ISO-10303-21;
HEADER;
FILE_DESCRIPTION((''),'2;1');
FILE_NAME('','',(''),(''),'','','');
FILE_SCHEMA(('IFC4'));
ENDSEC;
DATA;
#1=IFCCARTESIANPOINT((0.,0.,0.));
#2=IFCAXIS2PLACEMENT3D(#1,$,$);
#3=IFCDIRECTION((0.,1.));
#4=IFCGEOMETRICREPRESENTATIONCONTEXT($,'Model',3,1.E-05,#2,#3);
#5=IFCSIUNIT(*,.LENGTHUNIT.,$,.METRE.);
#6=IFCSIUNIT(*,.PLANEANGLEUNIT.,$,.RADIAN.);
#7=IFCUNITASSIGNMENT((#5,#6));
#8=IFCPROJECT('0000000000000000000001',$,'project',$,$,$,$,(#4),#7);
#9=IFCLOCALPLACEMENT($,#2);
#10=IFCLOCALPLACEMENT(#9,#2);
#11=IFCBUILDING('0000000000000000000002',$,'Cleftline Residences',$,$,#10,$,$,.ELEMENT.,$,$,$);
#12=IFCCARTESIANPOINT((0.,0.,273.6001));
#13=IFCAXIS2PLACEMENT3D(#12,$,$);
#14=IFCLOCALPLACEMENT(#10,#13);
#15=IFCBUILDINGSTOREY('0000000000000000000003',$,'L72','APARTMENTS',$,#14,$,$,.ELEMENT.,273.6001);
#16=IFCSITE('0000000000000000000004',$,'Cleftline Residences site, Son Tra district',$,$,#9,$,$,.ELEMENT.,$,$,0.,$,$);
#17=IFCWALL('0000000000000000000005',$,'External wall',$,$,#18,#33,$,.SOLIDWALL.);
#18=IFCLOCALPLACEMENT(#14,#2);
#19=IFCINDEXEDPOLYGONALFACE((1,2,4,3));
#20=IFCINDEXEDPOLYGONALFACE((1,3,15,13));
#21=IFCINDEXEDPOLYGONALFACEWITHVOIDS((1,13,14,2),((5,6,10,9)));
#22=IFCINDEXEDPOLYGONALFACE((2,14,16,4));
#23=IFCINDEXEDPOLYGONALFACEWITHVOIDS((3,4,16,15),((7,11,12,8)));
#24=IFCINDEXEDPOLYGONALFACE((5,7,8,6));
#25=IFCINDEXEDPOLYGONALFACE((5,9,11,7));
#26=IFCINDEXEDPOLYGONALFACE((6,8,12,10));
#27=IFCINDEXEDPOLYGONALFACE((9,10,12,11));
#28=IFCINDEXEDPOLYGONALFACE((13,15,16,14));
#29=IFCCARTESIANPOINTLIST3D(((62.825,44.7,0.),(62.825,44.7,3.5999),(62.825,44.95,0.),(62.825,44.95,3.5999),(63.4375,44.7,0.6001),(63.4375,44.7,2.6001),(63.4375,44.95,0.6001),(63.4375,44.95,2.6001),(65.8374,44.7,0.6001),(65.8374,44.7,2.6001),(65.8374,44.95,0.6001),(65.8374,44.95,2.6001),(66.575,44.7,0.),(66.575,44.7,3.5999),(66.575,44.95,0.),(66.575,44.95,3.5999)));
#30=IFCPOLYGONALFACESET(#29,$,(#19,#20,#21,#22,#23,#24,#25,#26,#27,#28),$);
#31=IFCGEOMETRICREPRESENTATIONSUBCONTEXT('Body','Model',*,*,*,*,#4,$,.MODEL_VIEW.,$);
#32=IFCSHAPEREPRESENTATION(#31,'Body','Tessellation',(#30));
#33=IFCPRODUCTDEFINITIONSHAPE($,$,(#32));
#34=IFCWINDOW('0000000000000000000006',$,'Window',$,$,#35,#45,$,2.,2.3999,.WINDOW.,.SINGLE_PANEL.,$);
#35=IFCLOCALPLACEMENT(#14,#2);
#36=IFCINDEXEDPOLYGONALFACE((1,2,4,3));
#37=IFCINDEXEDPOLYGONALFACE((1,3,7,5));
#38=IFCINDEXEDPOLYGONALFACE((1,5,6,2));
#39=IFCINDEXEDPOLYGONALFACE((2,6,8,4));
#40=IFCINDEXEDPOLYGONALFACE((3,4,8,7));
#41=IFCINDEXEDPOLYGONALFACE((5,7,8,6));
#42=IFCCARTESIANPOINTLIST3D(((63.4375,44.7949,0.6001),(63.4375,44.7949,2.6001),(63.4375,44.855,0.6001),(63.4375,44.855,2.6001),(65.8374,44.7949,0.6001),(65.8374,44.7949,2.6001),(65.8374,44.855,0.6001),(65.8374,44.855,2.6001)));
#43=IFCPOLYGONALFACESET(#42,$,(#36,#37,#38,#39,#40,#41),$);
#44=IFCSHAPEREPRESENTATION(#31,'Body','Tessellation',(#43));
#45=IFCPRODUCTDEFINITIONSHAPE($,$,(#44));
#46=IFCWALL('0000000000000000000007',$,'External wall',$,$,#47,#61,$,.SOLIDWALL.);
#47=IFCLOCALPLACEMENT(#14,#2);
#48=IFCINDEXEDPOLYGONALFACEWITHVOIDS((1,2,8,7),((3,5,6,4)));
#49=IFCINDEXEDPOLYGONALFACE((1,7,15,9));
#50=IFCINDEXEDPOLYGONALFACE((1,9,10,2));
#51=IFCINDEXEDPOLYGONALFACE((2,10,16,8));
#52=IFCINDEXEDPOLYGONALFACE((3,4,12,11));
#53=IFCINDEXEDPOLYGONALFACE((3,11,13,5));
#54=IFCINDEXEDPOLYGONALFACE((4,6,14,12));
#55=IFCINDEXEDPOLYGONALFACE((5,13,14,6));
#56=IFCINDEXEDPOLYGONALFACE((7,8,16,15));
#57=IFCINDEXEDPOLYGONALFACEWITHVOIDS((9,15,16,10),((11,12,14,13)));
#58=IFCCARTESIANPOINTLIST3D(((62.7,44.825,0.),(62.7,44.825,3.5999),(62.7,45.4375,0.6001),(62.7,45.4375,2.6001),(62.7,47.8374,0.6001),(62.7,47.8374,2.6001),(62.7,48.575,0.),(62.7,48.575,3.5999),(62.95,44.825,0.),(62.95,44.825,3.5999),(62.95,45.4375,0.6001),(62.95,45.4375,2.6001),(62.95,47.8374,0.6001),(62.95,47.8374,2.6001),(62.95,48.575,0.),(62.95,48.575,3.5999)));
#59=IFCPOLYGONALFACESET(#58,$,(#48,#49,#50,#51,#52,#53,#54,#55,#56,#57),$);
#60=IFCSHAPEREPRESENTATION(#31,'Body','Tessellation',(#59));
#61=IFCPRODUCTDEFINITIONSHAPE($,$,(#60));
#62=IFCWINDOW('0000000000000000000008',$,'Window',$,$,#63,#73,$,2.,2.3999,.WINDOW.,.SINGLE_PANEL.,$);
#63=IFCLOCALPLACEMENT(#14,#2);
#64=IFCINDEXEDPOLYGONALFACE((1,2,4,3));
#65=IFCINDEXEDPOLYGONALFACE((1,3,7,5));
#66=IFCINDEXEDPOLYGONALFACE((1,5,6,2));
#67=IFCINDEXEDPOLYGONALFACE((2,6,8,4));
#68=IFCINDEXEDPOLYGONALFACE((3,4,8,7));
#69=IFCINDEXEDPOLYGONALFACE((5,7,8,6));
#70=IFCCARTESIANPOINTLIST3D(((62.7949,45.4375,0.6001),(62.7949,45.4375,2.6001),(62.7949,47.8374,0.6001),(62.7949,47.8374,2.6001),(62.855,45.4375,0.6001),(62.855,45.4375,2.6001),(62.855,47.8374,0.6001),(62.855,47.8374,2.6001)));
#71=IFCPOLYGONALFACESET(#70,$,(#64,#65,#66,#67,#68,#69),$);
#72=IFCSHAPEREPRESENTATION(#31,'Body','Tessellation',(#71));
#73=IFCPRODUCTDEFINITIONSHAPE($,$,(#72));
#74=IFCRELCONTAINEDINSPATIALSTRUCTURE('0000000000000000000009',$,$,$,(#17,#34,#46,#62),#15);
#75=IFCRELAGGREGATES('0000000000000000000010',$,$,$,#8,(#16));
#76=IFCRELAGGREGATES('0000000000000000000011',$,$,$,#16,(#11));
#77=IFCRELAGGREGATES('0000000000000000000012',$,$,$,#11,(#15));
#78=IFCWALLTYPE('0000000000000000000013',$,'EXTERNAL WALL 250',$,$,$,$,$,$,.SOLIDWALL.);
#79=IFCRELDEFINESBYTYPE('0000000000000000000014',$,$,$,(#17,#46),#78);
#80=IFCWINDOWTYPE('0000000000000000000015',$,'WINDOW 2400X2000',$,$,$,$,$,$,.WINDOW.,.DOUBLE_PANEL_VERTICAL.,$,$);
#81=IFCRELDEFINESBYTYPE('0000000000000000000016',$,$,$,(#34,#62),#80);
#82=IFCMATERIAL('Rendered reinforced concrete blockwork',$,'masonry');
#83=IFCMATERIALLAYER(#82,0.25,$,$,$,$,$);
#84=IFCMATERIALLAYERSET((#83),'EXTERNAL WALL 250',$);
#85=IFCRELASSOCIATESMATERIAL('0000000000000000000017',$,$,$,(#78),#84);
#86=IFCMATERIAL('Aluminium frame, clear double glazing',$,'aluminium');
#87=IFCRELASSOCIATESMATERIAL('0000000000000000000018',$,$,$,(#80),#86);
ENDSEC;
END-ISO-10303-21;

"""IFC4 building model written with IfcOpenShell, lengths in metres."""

from ifc_helpers import new_model, si_unit, direction, frame, frame_2d, origin, place, context, subcontext, project, spatial, rectangle, extrude, material, layer, layer_set, type_object, element, fill, save


model = new_model("IFC4")

# Units and contexts
model_context = context("Model", 3, precision=1e-05, world=origin(), true_north=direction((0.0, 1.0)))
body_context = subcontext(model_context, "Body", "Model", "MODEL_VIEW")
ifc_project = project(units=[si_unit("LENGTHUNIT", "METRE"), si_unit("PLANEANGLEUNIT", "RADIAN")], contexts=[model_context])

# Site, building, storey
site_placement = place(None, origin())
site = spatial("IfcSite", under=ifc_project, at=site_placement, Name="Cleftline Residences site, Son Tra district", CompositionType="ELEMENT", RefElevation=0.0)
building_placement = place(site_placement, origin())
building = spatial("IfcBuilding", under=site, at=building_placement, Name="Cleftline Residences", CompositionType="ELEMENT")
storey_placement = place(building_placement, frame((0.0, 0.0, 273.6001)))
storey = spatial("IfcBuildingStorey", under=building, at=storey_placement, Name="L72", Description="APARTMENTS", CompositionType="ELEMENT", Elevation=273.6001)

# Walls, openings, windows
ifc_material_1 = material(Name="Rendered reinforced concrete blockwork", Category="masonry")
ifc_layer_1 = layer(ifc_material_1, 0.25)
ifc_layer_set_1 = layer_set([ifc_layer_1], Name="EXTERNAL WALL 250")
wall_type = type_object("IfcWallType", Name="EXTERNAL WALL 250", PredefinedType="SOLIDWALL", material=ifc_layer_set_1)
wall_1_placement = place(storey_placement, frame((66.575, 44.825, 0.0), z_axis=(0.0, 0.0, 1.0), x_axis=(-1.0, 0.0, 0.0)))
wall_1 = element("IfcWall", 1, at=wall_1_placement, inside=storey, type_object=wall_type, Name="External wall", PredefinedType="SOLIDWALL", context=body_context, shape_type="SweptSolid", body=[
    extrude(rectangle(XDim=3.75, YDim=0.25, at=frame_2d((1.875, 0.0))), origin(), (0.0, 0.0, 1.0), 3.5999),
])
opening_1_placement = place(wall_1_placement, frame((0.7375, 0.0, 0.6001)))
opening_1 = element("IfcOpeningElement", 2, at=opening_1_placement, cuts=wall_1, PredefinedType="OPENING", context=body_context, shape_type="SweptSolid", body=[
    extrude(rectangle(XDim=2.3999, YDim=2.0, at=frame_2d((1.2, 1.0))), frame((0.0, 0.135, 0.0), z_axis=(0.0, -1.0, 0.0), x_axis=(1.0, 0.0, 0.0)), (0.0, 0.0, 1.0), 0.27),
])
ifc_material_2 = material(Name="Aluminium frame, clear double glazing", Category="aluminium")
window_type_1 = type_object("IfcWindowType", Name="WINDOW 2400X2000", PartitioningType="DOUBLE_PANEL_VERTICAL", PredefinedType="WINDOW", material=ifc_material_2)
window_1_placement = place(opening_1_placement, origin())
window_1 = element("IfcWindow", 3, at=window_1_placement, inside=storey, type_object=window_type_1, Name="Window", OverallHeight=2.0, OverallWidth=2.3999, PartitioningType="SINGLE_PANEL", PredefinedType="WINDOW", context=body_context, shape_type="SweptSolid", body=[
    extrude(rectangle(XDim=2.3999, YDim=2.0, at=frame_2d((1.2, 1.0))), frame((0.0, 0.03, 0.0), z_axis=(0.0, -1.0, 0.0), x_axis=(1.0, 0.0, 0.0)), (0.0, 0.0, 1.0), 0.0601),
])
fill(opening_1, window_1)
wall_2_placement = place(storey_placement, frame((62.825, 44.825, 0.0), z_axis=(0.0, 0.0, 1.0), x_axis=(0.0, 1.0, 0.0)))
wall_2 = element("IfcWall", 4, at=wall_2_placement, inside=storey, type_object=wall_type, Name="External wall", PredefinedType="SOLIDWALL", context=body_context, shape_type="SweptSolid", body=[
    extrude(rectangle(XDim=3.75, YDim=0.25, at=frame_2d((1.875, 0.0))), origin(), (0.0, 0.0, 1.0), 3.5999),
])
opening_2_placement = place(wall_2_placement, frame((0.6125, 0.0, 0.6001)))
opening_2 = element("IfcOpeningElement", 5, at=opening_2_placement, cuts=wall_2, PredefinedType="OPENING", context=body_context, shape_type="SweptSolid", body=[
    extrude(rectangle(XDim=2.3999, YDim=2.0, at=frame_2d((1.2, 1.0))), frame((0.0, 0.135, 0.0), z_axis=(0.0, -1.0, 0.0), x_axis=(1.0, 0.0, 0.0)), (0.0, 0.0, 1.0), 0.27),
])
window_2_placement = place(opening_2_placement, origin())
window_2 = element("IfcWindow", 6, at=window_2_placement, inside=storey, type_object=window_type_1, Name="Window", OverallHeight=2.0, OverallWidth=2.3999, PartitioningType="SINGLE_PANEL", PredefinedType="WINDOW", context=body_context, shape_type="SweptSolid", body=[
    extrude(rectangle(XDim=2.3999, YDim=2.0, at=frame_2d((1.2, 1.0))), frame((0.0, 0.03, 0.0), z_axis=(0.0, -1.0, 0.0), x_axis=(1.0, 0.0, 0.0)), (0.0, 0.0, 1.0), 0.0601),
])
fill(opening_2, window_2)

save(model, "model.ifc")
